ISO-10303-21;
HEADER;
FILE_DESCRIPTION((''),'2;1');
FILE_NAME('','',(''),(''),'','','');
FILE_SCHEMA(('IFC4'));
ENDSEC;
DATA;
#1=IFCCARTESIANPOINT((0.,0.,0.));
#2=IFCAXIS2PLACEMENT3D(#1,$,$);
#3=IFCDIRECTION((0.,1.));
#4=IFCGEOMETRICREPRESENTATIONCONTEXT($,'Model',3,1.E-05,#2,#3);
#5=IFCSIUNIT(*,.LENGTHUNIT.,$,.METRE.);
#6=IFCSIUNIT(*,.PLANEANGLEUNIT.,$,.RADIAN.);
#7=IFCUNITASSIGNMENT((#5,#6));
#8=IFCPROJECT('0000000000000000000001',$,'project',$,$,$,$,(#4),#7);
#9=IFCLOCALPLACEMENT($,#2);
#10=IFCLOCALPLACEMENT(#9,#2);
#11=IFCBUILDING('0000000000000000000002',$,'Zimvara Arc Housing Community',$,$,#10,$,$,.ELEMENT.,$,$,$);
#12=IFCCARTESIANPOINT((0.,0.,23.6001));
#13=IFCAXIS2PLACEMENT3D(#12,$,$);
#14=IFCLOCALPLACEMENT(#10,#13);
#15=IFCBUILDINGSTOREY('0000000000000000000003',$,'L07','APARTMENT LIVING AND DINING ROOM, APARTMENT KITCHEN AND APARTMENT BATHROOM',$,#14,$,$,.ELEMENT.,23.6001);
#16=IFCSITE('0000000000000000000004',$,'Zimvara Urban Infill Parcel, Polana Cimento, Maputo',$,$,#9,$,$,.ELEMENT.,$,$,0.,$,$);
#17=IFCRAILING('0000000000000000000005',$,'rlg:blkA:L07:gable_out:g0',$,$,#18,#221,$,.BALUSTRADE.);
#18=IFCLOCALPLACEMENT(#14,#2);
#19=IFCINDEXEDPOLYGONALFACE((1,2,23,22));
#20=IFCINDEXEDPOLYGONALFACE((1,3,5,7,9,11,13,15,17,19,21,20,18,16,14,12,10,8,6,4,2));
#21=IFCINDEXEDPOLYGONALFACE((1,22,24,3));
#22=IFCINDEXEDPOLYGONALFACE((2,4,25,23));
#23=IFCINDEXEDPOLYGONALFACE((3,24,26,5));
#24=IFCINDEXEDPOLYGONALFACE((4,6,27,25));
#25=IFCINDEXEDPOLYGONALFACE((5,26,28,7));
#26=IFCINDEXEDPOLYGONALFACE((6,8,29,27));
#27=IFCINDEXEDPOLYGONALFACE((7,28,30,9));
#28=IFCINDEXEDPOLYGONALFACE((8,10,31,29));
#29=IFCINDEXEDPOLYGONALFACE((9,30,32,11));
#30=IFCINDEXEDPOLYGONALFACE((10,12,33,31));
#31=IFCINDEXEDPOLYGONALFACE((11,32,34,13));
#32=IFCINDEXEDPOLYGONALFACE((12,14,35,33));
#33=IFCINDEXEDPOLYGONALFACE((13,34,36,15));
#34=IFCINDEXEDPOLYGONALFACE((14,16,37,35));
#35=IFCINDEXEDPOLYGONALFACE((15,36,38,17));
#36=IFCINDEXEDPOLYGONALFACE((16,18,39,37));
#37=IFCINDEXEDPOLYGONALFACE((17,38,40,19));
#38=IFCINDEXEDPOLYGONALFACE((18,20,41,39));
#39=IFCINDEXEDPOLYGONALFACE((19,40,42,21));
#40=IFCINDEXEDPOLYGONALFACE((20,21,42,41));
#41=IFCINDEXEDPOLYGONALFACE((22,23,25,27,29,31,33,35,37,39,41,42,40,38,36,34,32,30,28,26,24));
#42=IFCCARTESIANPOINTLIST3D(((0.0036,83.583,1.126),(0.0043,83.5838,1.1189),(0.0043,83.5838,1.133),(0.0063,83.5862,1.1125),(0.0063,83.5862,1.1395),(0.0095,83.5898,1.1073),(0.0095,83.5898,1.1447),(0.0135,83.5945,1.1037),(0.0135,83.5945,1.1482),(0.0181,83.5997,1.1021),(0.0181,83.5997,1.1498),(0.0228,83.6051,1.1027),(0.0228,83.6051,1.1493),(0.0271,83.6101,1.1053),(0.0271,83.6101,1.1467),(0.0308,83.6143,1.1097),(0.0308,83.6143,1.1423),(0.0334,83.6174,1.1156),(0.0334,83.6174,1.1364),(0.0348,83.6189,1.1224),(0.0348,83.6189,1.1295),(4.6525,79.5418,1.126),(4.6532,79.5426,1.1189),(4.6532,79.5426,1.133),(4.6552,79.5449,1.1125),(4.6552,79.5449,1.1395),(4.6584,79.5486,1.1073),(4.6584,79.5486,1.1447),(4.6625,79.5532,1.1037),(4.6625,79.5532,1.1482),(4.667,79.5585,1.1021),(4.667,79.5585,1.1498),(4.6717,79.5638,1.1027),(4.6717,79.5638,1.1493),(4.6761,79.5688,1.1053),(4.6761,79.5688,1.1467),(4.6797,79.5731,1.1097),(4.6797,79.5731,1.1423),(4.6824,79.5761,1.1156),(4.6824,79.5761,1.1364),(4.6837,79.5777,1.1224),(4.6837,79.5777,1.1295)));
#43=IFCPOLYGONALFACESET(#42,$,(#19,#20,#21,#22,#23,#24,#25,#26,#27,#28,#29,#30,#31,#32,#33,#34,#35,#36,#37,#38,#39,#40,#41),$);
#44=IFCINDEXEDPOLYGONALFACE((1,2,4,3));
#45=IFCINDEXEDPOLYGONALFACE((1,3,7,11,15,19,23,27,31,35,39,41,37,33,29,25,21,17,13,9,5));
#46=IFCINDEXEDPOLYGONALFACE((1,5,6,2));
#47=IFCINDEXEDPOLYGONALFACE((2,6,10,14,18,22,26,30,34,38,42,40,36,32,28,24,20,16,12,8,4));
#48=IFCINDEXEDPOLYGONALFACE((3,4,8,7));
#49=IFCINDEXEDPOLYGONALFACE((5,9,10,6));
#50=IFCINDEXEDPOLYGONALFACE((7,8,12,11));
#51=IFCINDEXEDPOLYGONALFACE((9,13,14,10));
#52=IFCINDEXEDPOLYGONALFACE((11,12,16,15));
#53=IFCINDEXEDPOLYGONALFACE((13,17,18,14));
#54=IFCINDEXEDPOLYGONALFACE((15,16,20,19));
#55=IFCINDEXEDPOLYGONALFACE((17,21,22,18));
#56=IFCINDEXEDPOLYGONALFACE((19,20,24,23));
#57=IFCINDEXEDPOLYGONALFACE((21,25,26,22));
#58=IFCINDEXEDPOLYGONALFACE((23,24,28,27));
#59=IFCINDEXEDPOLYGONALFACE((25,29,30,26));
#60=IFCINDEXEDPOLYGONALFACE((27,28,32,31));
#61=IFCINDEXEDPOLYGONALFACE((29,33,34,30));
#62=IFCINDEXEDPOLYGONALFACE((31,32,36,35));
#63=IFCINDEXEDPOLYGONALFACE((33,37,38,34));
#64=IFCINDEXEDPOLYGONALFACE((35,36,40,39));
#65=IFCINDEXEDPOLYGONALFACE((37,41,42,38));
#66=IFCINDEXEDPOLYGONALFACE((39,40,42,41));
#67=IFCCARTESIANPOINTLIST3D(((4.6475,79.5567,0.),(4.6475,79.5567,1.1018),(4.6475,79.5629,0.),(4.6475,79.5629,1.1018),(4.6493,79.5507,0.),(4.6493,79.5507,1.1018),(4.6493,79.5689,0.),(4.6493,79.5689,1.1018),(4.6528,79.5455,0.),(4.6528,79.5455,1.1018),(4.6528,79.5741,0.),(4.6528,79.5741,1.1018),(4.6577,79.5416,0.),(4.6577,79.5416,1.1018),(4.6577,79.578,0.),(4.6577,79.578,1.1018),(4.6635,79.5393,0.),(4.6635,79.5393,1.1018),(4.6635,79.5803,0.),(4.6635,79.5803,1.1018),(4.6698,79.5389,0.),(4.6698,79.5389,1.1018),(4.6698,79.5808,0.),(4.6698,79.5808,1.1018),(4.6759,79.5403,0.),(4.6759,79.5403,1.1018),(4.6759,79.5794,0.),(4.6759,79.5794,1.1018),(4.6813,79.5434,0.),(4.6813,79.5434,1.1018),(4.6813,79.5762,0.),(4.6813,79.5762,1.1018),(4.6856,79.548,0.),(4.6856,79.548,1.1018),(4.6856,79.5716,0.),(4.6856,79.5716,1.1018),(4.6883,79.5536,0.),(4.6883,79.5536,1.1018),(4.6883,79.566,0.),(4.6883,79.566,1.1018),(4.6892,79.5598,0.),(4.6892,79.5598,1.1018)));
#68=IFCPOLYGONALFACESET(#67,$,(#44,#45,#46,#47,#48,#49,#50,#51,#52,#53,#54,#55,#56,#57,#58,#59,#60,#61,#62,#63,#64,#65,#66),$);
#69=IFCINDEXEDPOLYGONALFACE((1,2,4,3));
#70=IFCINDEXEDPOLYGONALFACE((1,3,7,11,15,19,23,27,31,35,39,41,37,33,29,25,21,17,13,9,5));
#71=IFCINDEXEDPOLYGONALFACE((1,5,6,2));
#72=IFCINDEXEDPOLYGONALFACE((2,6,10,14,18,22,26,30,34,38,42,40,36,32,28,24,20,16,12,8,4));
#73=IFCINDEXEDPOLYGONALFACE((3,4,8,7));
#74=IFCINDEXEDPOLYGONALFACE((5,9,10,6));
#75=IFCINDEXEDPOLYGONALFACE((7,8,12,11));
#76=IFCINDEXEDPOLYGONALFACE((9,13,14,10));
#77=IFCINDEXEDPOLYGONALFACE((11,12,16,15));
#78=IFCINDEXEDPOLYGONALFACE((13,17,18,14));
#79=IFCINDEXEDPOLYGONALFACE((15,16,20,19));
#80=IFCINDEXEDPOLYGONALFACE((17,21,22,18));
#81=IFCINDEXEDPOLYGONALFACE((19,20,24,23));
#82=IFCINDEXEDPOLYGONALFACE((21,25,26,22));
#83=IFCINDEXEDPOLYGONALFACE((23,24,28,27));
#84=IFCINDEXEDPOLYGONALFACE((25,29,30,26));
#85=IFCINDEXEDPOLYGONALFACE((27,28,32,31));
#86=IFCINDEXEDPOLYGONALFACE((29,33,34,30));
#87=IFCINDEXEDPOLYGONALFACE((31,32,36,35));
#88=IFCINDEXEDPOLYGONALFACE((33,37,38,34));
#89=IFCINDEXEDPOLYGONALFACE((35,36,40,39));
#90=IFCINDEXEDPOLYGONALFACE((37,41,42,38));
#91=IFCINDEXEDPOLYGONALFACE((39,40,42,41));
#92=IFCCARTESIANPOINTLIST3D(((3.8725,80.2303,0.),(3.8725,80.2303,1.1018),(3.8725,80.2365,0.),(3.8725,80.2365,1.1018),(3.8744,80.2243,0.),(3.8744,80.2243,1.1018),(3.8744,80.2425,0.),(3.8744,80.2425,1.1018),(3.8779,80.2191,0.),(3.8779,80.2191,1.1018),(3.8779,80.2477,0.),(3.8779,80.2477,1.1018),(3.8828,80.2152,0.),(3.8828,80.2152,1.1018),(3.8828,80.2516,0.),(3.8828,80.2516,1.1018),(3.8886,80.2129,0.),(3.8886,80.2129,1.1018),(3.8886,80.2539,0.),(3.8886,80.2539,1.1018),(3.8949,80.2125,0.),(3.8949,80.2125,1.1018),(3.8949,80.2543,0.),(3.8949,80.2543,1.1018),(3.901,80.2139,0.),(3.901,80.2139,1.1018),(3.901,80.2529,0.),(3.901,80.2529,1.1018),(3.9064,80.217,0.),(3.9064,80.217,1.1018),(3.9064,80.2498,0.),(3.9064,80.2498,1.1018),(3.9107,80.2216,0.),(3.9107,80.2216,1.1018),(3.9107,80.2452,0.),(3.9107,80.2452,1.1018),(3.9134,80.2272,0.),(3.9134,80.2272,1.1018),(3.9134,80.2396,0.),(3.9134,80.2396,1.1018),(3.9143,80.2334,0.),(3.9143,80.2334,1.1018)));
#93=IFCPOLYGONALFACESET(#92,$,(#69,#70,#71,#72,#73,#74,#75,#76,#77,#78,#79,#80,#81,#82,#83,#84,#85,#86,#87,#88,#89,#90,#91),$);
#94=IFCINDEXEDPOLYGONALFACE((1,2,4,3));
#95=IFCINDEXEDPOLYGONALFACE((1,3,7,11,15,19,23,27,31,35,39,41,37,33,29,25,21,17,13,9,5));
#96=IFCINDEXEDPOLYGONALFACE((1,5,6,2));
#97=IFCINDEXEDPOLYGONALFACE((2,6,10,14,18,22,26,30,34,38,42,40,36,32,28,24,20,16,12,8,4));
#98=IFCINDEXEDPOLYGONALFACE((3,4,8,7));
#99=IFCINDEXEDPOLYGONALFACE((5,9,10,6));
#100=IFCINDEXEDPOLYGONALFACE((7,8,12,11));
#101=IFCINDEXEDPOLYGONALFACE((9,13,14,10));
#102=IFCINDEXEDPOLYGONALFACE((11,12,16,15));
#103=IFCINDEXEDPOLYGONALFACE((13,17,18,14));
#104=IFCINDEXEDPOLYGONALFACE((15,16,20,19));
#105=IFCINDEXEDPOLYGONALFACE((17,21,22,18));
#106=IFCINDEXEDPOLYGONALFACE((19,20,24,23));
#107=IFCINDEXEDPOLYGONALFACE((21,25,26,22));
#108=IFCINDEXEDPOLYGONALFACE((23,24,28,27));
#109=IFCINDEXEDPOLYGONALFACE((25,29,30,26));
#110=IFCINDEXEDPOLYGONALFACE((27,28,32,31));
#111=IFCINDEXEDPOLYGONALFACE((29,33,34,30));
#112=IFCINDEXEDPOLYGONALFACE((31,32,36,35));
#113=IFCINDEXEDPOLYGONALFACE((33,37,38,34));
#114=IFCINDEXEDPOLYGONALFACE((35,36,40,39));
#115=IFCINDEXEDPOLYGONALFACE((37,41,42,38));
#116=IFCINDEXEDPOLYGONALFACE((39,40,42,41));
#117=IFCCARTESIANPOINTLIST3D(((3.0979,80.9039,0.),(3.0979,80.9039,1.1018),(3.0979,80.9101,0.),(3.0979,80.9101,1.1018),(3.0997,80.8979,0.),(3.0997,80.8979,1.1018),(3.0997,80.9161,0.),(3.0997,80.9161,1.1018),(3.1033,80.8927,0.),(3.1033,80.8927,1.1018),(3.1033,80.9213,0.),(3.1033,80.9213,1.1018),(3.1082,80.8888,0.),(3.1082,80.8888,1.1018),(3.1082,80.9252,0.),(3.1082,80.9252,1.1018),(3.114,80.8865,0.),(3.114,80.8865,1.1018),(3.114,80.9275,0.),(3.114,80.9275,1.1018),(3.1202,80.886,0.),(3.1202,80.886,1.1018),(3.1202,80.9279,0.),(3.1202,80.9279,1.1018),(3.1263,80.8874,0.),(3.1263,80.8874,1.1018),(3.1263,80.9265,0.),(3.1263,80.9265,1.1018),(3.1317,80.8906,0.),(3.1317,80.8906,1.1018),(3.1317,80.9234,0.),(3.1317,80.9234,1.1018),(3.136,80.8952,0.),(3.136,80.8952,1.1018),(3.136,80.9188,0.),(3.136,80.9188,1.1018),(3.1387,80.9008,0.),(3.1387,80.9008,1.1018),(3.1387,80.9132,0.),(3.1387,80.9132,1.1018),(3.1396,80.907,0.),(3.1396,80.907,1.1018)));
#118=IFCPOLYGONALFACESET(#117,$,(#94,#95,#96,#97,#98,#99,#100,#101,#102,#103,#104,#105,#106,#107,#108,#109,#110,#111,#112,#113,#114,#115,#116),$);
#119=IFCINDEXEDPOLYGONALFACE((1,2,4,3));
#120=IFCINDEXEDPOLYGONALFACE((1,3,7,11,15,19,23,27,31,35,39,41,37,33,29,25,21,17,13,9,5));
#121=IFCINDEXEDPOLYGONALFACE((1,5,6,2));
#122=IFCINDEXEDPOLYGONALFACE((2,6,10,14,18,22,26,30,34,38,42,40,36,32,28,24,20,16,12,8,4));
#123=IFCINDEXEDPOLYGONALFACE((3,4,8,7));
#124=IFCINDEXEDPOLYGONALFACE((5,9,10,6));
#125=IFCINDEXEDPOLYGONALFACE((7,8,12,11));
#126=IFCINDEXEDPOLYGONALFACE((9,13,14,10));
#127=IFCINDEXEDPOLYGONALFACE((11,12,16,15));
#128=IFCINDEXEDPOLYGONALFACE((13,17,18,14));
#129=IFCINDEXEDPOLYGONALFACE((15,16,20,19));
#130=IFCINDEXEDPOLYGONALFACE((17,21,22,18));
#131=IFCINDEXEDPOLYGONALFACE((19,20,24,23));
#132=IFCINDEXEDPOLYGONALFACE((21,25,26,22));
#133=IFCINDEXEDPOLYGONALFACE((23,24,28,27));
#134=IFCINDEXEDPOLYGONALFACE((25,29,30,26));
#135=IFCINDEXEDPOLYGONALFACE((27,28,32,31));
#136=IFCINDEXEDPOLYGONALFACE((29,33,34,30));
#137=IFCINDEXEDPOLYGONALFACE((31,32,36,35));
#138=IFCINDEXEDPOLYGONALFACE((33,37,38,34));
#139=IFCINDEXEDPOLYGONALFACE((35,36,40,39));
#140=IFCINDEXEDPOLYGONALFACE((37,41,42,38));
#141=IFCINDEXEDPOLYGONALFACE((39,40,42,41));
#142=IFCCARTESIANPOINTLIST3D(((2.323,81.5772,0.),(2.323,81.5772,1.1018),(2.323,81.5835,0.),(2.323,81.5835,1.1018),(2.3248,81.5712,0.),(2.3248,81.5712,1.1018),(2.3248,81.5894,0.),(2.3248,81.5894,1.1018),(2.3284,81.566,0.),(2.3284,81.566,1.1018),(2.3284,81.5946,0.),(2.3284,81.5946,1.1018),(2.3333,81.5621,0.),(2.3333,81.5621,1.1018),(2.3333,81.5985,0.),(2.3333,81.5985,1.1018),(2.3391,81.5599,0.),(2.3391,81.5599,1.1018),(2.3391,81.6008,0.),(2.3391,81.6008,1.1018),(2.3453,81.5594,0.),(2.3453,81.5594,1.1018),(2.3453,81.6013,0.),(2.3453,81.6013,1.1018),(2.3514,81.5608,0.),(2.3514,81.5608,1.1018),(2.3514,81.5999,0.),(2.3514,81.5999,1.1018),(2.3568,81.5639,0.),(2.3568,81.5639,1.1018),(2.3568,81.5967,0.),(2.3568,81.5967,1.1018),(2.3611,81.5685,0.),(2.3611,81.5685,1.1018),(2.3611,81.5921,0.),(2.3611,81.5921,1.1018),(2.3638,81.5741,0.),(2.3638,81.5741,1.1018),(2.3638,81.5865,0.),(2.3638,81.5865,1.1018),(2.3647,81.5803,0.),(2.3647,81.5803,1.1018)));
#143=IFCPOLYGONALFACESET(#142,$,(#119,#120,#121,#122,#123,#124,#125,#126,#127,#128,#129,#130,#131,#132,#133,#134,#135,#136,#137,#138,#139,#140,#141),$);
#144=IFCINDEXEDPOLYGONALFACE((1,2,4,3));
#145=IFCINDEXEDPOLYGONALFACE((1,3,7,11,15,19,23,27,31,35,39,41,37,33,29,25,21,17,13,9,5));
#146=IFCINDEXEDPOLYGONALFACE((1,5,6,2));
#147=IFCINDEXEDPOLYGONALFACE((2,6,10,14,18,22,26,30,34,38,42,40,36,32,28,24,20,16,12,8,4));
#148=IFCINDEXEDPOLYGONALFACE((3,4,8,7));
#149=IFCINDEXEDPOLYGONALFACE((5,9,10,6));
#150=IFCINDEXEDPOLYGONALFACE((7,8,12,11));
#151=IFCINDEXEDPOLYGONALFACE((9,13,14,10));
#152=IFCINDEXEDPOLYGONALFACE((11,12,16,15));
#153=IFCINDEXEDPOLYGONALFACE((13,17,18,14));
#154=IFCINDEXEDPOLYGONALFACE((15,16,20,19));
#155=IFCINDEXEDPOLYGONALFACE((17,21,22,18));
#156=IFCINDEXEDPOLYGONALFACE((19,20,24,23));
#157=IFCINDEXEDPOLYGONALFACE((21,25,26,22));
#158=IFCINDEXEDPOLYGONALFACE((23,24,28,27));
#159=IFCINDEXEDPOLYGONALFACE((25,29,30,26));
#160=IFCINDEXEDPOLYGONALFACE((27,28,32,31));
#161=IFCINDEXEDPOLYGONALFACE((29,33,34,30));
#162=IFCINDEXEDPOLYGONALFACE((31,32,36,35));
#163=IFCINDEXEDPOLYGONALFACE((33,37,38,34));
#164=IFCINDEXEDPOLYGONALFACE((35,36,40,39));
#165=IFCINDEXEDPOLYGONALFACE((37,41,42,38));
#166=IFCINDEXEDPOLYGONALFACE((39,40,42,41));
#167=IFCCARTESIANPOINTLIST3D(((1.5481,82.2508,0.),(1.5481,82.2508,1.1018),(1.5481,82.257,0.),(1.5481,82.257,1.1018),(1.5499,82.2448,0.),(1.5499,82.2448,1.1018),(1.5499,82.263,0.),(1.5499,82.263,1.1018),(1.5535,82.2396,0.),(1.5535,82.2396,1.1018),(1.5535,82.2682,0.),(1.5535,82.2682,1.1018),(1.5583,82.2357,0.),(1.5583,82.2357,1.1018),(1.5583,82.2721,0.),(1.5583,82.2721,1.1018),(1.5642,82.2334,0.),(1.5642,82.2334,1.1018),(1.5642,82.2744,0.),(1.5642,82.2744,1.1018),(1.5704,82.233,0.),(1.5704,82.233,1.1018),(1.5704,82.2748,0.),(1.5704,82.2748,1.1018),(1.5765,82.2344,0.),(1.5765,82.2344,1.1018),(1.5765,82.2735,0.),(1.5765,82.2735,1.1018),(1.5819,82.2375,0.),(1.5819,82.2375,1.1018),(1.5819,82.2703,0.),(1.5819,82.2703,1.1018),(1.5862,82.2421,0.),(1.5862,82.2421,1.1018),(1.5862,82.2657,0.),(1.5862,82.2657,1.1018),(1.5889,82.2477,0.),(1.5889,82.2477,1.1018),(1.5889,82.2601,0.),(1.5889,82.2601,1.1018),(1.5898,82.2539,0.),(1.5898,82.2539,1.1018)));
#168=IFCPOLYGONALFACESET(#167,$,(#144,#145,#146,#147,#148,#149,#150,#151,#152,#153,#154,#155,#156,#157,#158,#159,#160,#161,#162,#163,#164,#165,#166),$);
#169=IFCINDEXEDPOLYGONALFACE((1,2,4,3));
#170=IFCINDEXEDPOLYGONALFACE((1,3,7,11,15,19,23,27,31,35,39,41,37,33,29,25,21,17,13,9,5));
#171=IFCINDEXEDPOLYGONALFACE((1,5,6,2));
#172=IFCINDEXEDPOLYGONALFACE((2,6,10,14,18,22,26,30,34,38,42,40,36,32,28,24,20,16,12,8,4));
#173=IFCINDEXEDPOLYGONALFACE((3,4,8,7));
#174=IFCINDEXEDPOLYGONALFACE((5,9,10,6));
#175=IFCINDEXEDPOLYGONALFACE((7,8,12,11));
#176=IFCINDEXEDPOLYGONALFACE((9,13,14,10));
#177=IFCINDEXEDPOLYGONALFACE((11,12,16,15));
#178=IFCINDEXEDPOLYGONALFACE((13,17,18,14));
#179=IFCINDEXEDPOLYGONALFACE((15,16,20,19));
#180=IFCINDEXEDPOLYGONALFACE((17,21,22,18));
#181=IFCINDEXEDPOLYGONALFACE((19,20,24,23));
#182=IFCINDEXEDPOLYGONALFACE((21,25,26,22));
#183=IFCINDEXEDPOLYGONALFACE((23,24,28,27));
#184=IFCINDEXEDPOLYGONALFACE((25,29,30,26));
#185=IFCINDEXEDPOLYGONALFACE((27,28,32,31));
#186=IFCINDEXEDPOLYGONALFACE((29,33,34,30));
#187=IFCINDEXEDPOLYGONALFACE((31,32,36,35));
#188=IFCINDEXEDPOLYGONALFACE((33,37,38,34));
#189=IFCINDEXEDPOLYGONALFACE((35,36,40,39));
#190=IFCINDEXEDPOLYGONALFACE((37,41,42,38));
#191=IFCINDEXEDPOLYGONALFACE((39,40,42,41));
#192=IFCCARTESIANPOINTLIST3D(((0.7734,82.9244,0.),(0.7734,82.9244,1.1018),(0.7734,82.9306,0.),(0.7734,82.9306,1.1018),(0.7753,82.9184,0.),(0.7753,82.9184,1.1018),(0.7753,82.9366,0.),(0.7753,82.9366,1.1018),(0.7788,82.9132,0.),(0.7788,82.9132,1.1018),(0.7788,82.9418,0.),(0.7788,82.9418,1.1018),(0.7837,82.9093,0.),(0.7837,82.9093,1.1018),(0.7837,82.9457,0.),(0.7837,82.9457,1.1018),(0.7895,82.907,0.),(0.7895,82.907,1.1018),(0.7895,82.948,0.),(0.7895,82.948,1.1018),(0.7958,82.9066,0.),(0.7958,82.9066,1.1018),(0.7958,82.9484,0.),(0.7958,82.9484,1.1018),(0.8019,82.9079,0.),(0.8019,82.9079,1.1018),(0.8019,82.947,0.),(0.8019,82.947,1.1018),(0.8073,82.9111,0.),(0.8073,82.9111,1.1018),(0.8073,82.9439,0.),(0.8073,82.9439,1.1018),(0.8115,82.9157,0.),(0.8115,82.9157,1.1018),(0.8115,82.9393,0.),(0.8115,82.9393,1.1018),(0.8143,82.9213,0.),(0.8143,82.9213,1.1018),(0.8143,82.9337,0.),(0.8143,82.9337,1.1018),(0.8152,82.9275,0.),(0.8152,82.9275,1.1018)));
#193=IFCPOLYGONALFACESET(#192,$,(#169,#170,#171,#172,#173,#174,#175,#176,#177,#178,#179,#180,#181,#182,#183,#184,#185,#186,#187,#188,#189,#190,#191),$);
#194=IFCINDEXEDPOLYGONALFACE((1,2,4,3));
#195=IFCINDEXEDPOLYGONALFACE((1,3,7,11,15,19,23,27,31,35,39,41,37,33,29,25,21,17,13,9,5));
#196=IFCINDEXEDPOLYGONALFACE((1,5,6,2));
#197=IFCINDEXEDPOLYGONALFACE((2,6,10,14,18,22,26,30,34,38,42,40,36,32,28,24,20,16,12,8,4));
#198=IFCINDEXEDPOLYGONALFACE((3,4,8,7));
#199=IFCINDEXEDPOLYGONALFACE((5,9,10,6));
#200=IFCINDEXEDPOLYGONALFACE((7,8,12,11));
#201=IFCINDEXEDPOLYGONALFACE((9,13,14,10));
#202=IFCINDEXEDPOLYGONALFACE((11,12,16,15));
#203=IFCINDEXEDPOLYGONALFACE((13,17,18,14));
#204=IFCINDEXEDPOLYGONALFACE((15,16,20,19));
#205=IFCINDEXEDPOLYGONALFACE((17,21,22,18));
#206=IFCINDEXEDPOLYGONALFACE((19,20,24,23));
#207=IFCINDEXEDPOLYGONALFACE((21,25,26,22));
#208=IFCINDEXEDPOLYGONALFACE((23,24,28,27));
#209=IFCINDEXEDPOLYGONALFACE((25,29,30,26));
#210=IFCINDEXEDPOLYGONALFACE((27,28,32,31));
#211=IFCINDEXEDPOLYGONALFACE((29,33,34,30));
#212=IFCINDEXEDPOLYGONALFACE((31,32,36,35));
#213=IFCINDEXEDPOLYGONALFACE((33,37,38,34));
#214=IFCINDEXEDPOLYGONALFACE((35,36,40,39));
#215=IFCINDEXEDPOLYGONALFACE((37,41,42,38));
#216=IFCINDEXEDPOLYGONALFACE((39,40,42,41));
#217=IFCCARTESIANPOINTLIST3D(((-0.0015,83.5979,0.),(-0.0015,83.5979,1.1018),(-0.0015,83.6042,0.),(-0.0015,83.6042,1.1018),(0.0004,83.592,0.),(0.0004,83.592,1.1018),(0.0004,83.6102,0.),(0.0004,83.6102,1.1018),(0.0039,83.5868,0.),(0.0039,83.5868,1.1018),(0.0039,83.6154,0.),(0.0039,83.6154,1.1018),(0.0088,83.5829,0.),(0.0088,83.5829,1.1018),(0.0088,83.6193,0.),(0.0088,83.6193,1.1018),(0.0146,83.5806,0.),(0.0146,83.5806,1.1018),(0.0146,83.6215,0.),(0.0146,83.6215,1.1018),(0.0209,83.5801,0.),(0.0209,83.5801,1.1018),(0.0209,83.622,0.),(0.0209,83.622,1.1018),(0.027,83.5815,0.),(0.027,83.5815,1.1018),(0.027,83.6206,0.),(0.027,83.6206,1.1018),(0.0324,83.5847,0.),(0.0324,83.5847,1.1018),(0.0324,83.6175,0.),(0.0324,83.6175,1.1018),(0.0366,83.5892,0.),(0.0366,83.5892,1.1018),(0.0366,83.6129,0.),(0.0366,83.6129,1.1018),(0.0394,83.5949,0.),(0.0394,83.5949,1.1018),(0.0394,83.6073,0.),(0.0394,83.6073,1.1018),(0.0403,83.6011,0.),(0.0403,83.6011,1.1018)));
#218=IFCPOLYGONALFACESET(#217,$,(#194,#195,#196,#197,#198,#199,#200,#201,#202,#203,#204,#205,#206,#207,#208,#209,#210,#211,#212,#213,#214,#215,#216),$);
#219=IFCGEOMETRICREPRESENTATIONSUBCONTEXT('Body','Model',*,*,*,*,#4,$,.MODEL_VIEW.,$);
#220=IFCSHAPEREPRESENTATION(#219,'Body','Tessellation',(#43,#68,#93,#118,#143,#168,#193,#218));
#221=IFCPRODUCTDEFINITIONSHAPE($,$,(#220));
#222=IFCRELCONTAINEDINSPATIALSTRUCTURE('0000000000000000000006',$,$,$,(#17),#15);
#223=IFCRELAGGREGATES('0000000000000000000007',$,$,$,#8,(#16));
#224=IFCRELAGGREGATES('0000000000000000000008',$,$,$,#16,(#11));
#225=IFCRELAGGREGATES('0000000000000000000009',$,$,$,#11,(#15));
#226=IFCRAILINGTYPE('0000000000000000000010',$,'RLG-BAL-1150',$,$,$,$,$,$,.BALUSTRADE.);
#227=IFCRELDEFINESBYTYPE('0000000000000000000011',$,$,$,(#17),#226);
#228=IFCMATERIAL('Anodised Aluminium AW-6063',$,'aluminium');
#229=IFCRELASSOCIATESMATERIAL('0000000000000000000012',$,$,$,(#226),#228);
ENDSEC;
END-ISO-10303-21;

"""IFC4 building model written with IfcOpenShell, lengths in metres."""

from ifc_helpers import new_model, si_unit, direction, frame, origin, origin_2d, place, context, subcontext, project, spatial, circle, extrude, material, type_object, element, save


model = new_model("IFC4")

# Units and contexts
model_context = context("Model", 3, precision=1e-05, world=origin(), true_north=direction((0.0, 1.0)))
body_context = subcontext(model_context, "Body", "Model", "MODEL_VIEW")
ifc_project = project(units=[si_unit("LENGTHUNIT", "METRE"), si_unit("PLANEANGLEUNIT", "RADIAN")], contexts=[model_context])

# Site, building, storey
site_placement = place(None, origin())
site = spatial("IfcSite", under=ifc_project, at=site_placement, Name="Zimvara Urban Infill Parcel, Polana Cimento, Maputo", CompositionType="ELEMENT", RefElevation=0.0)
building_placement = place(site_placement, origin())
building = spatial("IfcBuilding", under=site, at=building_placement, Name="Zimvara Arc Housing Community", CompositionType="ELEMENT")
storey_placement = place(building_placement, frame((0.0, 0.0, 23.6001)))
storey = spatial("IfcBuildingStorey", under=building, at=storey_placement, Name="L07", Description="APARTMENT LIVING AND DINING ROOM, APARTMENT KITCHEN AND APARTMENT BATHROOM", CompositionType="ELEMENT", Elevation=23.6001)

# Railing
ifc_material_1 = material(Name="Anodised Aluminium AW-6063", Category="aluminium")
railing_type = type_object("IfcRailingType", Name="RLG-BAL-1150", PredefinedType="BALUSTRADE", material=ifc_material_1)
railing_placement = place(storey_placement, frame((4.6682, 79.5598, 0.0)))
element("IfcRailing", 1, at=railing_placement, inside=storey, type_object=railing_type, Name="rlg:blkA:L07:gable_out:g0", PredefinedType="BALUSTRADE", context=body_context, shape_type="SweptSolid", body=[
    extrude(circle(Radius=0.0239, at=origin_2d()), frame((0.0, 0.0, 1.126), z_axis=(-0.754709, 0.65606, 0.0), x_axis=(-0.65606, -0.754709, 0.0)), (0.0, 0.0, 1.0), 6.1599),
    extrude(circle(Radius=0.021, at=origin_2d()), origin(), (0.0, 0.0, 1.0), 1.1018),
    extrude(circle(Radius=0.021, at=origin_2d()), frame((-0.7749, 0.6736, 0.0)), (0.0, 0.0, 1.0), 1.1018),
    extrude(circle(Radius=0.021, at=origin_2d()), frame((-1.5496, 1.3472, 0.0)), (0.0, 0.0, 1.0), 1.1018),
    extrude(circle(Radius=0.021, at=origin_2d()), frame((-2.3245, 2.0205, 0.0)), (0.0, 0.0, 1.0), 1.1018),
    extrude(circle(Radius=0.021, at=origin_2d()), frame((-3.0994, 2.6941, 0.0)), (0.0, 0.0, 1.0), 1.1018),
    extrude(circle(Radius=0.021, at=origin_2d()), frame((-3.874, 3.3677, 0.0)), (0.0, 0.0, 1.0), 1.1018),
    extrude(circle(Radius=0.021, at=origin_2d()), frame((-4.6489, 4.0413, 0.0)), (0.0, 0.0, 1.0), 1.1018),
])

save(model, "model.ifc")
